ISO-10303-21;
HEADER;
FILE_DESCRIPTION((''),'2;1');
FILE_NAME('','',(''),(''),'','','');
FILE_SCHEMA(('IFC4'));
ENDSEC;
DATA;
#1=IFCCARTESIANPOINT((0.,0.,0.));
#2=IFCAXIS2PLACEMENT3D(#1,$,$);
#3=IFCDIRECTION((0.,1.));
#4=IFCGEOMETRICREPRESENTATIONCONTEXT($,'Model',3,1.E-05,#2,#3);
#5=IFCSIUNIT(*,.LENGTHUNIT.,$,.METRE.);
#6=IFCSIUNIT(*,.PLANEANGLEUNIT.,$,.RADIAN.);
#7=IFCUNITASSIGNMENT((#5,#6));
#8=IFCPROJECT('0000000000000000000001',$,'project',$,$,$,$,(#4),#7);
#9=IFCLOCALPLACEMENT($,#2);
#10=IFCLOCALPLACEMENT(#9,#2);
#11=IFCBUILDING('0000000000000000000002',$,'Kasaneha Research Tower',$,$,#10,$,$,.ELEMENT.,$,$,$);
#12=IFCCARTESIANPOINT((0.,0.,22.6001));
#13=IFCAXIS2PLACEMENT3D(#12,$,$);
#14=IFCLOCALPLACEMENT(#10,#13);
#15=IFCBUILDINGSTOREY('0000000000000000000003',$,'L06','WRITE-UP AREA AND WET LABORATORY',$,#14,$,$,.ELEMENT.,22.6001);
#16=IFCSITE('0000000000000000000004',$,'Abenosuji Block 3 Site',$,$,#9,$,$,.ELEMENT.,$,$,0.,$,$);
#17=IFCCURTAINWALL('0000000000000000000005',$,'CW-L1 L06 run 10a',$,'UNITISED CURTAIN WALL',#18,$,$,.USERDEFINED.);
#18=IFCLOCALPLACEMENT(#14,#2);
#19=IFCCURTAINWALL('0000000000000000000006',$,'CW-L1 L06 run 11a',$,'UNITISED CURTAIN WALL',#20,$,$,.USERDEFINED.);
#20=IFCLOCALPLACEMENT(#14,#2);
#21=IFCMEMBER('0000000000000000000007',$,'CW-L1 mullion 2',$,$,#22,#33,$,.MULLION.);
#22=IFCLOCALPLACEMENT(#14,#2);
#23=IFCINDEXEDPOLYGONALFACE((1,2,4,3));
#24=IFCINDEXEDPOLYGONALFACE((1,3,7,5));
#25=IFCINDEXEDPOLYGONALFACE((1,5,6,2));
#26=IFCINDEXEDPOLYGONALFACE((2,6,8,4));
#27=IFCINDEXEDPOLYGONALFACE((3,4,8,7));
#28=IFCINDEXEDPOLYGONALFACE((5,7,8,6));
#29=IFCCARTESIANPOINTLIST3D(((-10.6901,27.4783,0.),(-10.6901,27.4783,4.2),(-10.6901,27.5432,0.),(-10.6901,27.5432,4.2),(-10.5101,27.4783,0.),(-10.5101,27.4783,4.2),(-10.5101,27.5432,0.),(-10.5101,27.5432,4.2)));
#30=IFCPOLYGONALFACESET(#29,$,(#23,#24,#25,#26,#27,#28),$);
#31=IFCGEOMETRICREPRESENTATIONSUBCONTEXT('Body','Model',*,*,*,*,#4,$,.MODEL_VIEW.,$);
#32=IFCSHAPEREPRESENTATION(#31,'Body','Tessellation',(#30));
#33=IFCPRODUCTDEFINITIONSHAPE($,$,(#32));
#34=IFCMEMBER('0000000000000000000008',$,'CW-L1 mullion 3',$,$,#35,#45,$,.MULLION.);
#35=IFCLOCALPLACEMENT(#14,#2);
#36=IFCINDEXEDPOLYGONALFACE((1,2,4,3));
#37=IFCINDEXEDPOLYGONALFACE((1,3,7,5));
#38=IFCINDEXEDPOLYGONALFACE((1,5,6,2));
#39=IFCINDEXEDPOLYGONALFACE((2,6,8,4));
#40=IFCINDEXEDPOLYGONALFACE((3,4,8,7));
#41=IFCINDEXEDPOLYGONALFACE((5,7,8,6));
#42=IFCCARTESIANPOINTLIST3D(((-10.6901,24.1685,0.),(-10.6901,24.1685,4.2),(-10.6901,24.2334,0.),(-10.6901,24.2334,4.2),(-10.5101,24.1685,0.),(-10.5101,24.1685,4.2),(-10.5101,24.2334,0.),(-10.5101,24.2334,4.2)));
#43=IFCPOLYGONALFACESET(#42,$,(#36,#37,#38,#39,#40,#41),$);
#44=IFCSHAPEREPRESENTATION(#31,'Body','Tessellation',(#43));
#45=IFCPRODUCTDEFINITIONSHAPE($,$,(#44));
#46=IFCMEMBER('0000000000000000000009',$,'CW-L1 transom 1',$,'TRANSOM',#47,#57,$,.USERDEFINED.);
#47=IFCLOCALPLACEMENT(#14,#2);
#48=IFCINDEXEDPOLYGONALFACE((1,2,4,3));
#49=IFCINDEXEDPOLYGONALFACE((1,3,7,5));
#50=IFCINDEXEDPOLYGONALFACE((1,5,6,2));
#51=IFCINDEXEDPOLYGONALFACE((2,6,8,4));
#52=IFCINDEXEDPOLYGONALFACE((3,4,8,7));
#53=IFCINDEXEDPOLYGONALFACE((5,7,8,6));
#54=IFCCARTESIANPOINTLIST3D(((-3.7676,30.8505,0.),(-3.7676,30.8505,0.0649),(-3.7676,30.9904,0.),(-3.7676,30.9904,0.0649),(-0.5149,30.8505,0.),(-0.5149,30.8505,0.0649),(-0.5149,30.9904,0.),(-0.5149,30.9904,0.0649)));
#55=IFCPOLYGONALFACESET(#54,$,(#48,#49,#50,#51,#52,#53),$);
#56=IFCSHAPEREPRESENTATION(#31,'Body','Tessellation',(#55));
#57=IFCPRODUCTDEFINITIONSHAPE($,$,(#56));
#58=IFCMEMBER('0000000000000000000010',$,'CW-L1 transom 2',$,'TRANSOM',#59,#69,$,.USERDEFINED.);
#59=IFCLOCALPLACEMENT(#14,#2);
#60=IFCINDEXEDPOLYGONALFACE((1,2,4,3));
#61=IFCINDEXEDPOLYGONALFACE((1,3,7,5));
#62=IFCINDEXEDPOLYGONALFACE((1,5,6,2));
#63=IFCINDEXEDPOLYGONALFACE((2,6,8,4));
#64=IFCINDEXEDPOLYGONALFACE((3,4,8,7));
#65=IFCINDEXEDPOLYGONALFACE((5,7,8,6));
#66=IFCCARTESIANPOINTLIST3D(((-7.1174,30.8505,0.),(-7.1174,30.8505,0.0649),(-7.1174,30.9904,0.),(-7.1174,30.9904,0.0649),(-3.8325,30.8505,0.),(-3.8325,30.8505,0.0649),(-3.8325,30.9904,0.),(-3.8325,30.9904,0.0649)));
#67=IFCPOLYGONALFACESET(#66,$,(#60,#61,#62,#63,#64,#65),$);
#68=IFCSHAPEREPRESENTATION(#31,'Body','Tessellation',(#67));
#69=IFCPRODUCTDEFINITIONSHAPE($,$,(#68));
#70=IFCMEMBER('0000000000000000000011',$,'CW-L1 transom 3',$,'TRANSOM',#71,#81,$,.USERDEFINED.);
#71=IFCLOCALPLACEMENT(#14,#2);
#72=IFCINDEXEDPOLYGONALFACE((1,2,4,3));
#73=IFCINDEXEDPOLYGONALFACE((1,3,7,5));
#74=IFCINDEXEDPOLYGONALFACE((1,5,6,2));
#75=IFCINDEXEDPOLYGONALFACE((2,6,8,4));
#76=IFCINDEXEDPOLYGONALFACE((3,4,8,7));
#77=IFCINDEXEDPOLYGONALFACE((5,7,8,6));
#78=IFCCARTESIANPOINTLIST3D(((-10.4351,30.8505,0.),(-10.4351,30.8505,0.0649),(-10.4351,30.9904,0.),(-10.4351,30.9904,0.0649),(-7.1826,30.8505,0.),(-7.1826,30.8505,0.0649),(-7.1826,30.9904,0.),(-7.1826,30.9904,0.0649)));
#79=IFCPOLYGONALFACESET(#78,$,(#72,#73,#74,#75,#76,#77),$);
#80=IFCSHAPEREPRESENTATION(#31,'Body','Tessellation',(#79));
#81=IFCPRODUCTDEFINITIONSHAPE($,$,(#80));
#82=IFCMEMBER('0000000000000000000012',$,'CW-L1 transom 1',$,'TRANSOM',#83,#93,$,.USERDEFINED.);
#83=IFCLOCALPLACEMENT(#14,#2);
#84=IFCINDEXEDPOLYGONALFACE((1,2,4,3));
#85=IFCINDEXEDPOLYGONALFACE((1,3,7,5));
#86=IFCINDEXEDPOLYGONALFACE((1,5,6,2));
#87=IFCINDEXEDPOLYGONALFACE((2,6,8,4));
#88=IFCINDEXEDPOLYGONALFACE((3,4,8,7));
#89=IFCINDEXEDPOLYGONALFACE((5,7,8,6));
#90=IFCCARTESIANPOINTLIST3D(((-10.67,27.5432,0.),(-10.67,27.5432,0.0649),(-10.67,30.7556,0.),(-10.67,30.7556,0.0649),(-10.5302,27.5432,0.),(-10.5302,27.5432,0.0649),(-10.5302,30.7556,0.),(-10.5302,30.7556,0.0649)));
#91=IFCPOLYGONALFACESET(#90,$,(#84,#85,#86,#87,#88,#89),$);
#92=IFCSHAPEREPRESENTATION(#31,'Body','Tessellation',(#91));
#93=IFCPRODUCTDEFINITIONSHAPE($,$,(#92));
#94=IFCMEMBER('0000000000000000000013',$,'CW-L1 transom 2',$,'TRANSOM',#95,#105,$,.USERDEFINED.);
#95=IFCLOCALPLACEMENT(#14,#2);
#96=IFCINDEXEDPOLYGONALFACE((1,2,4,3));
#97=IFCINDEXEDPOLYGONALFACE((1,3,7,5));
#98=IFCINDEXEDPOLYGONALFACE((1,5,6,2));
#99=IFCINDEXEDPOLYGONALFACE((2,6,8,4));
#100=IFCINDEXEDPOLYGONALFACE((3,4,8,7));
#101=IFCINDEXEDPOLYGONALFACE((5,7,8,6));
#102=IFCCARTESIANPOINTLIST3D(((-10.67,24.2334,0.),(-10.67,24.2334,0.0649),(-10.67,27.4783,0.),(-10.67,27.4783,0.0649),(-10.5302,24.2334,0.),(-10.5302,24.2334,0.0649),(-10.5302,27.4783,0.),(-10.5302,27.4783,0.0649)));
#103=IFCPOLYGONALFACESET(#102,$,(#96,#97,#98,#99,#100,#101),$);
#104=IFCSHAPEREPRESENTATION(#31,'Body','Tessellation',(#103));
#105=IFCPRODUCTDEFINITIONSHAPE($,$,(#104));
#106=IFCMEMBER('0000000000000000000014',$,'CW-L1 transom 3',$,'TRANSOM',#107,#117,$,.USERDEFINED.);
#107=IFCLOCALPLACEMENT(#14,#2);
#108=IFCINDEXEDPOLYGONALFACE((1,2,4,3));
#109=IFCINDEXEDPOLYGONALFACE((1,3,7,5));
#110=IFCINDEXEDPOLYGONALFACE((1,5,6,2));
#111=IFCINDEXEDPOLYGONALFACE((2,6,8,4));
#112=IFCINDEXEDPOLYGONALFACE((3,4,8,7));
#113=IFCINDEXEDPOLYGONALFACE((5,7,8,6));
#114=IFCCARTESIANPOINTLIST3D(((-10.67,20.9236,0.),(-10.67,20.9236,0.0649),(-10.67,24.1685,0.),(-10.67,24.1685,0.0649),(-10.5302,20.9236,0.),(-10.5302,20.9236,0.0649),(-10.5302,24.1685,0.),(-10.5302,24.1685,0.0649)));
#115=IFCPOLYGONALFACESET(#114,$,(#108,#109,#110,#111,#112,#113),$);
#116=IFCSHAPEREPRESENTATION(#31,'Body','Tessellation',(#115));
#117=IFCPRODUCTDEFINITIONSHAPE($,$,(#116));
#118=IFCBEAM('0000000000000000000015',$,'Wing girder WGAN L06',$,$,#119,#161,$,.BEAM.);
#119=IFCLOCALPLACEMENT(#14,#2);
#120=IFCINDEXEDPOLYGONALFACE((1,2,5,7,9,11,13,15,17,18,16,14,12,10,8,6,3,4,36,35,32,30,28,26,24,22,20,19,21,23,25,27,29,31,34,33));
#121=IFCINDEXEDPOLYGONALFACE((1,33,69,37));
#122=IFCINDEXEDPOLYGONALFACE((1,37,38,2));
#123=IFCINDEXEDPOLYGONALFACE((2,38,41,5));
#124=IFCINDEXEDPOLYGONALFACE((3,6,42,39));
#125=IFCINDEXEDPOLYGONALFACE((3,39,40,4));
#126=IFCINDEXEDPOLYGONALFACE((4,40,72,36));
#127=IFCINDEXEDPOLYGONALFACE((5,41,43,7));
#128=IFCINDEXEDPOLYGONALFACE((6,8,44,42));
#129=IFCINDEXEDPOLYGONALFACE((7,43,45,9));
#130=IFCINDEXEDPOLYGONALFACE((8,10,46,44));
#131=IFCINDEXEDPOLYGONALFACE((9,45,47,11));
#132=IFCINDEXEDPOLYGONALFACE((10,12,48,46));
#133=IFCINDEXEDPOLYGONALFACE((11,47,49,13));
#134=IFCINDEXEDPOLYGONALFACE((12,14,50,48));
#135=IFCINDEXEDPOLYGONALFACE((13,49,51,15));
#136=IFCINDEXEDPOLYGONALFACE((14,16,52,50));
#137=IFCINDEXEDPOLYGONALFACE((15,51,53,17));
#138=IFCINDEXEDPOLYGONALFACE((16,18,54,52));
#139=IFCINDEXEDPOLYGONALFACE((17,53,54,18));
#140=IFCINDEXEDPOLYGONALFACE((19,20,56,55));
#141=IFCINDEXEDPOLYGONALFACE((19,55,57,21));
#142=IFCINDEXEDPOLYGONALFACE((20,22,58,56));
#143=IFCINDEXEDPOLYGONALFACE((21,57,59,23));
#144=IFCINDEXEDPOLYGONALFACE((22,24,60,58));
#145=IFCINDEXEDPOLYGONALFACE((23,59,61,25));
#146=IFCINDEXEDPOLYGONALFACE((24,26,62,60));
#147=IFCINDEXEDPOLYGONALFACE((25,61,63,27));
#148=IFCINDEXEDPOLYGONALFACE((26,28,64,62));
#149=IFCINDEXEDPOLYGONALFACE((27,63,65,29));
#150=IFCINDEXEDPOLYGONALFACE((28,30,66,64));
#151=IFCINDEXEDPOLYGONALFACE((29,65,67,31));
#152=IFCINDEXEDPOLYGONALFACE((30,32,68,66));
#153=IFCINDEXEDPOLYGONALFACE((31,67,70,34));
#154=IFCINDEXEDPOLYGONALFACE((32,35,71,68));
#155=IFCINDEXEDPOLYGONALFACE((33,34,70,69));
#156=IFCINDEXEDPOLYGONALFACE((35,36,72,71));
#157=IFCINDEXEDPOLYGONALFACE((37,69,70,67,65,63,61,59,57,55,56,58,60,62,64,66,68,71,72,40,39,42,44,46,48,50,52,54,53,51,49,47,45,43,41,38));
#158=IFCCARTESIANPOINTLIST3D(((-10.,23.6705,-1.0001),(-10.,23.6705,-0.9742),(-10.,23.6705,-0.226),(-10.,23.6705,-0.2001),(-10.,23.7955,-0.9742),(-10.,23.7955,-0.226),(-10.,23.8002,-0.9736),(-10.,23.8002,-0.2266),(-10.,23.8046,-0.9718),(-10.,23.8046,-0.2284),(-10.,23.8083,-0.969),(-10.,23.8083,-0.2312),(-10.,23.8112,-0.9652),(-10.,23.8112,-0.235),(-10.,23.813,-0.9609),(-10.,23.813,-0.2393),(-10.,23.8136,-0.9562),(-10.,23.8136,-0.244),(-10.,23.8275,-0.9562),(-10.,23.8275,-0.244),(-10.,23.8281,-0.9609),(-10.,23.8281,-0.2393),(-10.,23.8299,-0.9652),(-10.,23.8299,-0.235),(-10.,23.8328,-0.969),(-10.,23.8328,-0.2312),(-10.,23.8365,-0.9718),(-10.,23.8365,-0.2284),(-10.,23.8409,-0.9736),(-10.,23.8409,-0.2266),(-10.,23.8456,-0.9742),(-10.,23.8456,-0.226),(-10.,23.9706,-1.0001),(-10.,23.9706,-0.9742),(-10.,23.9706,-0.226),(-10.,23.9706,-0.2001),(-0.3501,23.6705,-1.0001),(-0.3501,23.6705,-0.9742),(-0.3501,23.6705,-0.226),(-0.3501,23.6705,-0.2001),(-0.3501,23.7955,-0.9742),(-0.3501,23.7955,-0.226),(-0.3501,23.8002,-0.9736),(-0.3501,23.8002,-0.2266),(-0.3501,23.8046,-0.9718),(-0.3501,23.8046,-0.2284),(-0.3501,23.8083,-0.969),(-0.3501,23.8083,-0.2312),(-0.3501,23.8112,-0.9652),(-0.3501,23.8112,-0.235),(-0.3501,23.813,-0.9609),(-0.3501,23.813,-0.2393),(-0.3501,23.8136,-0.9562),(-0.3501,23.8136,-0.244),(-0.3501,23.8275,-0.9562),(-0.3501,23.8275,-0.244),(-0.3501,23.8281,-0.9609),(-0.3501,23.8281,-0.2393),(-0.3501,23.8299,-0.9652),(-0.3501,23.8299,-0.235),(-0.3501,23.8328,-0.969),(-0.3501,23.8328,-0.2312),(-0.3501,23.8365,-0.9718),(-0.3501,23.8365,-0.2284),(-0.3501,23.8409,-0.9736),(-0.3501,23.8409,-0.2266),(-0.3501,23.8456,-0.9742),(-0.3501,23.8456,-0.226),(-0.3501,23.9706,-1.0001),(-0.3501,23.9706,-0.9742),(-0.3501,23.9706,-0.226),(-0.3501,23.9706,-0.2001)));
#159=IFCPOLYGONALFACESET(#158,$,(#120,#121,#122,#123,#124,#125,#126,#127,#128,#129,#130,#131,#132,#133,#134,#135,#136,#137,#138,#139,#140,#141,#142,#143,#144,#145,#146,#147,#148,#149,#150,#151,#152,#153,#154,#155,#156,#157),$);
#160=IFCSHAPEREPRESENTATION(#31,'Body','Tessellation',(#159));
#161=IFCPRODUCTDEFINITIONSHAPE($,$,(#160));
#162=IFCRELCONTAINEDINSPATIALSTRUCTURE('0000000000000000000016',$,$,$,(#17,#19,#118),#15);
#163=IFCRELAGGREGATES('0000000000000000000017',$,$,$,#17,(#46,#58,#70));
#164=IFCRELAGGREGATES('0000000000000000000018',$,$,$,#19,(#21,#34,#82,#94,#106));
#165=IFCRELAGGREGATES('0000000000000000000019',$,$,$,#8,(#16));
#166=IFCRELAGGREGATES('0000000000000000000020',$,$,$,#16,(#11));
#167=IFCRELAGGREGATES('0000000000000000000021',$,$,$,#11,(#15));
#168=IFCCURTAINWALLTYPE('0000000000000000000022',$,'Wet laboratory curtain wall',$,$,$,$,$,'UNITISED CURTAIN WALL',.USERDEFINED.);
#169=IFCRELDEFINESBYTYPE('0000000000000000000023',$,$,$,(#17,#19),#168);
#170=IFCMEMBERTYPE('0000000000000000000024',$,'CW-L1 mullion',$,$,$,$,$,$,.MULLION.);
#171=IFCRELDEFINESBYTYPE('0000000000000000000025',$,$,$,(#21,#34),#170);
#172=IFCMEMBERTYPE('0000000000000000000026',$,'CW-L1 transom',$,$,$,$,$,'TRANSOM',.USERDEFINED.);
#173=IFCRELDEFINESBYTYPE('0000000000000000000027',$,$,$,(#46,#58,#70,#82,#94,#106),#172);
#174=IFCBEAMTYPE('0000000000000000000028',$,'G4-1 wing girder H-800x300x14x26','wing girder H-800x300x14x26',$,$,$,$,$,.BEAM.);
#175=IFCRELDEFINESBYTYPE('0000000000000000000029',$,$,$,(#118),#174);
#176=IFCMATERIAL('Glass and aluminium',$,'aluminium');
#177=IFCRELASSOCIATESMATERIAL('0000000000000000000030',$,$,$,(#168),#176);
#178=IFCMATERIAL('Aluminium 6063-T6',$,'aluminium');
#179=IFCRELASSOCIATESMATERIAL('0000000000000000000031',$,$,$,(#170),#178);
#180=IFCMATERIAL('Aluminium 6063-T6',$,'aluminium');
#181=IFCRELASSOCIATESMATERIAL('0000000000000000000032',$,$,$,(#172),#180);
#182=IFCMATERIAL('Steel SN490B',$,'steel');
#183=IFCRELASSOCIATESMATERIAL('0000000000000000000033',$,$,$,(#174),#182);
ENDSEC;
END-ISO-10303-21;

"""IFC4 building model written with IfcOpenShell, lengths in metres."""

from ifc_helpers import new_model, si_unit, direction, frame, origin, origin_2d, place, context, subcontext, project, spatial, rectangle, i_section, extrude, material, material_profile, profile_set, type_object, element, aggregate, save


model = new_model("IFC4")

# Units and contexts
model_context = context("Model", 3, precision=1e-05, world=origin(), true_north=direction((0.0, 1.0)))
body_context = subcontext(model_context, "Body", "Model", "MODEL_VIEW")
ifc_project = project(units=[si_unit("LENGTHUNIT", "METRE"), si_unit("PLANEANGLEUNIT", "RADIAN")], contexts=[model_context])

# Site, building, storey
site_placement = place(None, origin())
site = spatial("IfcSite", under=ifc_project, at=site_placement, Name="Abenosuji Block 3 Site", CompositionType="ELEMENT", RefElevation=0.0)
building_placement = place(site_placement, origin())
building = spatial("IfcBuilding", under=site, at=building_placement, Name="Kasaneha Research Tower", CompositionType="ELEMENT")
storey_placement = place(building_placement, frame((0.0, 0.0, 22.6001)))
storey = spatial("IfcBuildingStorey", under=building, at=storey_placement, Name="L06", Description="WRITE-UP AREA AND WET LABORATORY", CompositionType="ELEMENT", Elevation=22.6001)

# Curtain walls, members
ifc_material_1 = material(Name="Glass and aluminium", Category="aluminium")
curtain_wall_type = type_object("IfcCurtainWallType", Name="Wet laboratory curtain wall", ElementType="UNITISED CURTAIN WALL", PredefinedType="USERDEFINED", material=ifc_material_1)
curtain_wall_1_placement = place(storey_placement, origin())
curtain_wall_1 = element("IfcCurtainWall", 1, at=curtain_wall_1_placement, inside=storey, type_object=curtain_wall_type, Name="CW-L1 L06 run 10a", ObjectType="UNITISED CURTAIN WALL", PredefinedType="USERDEFINED")
ifc_material_2 = material(Name="Aluminium 6063-T6", Category="aluminium")
ifc_material_profile_1 = material_profile(ifc_material_2, rectangle(XDim=0.0649, YDim=0.1799, at=origin_2d()), Name="CW-L1 mullion 65x180")
ifc_profile_set_1 = profile_set([ifc_material_profile_1], Name="Aluminium 6063-T6")
member_type_1 = type_object("IfcMemberType", Name="CW-L1 mullion", PredefinedType="MULLION", material=ifc_profile_set_1)
curtain_wall_2_placement = place(storey_placement, origin())
curtain_wall_2 = element("IfcCurtainWall", 2, at=curtain_wall_2_placement, inside=storey, type_object=curtain_wall_type, Name="CW-L1 L06 run 11a", ObjectType="UNITISED CURTAIN WALL", PredefinedType="USERDEFINED")
member_1_placement = place(storey_placement, frame((-10.6001, 27.5107, 0.0), z_axis=(0.0, 0.0, 1.0), x_axis=(0.0, -1.0, 0.0)))
member_1 = element("IfcMember", 3, at=member_1_placement, type_object=member_type_1, Name="CW-L1 mullion 2", PredefinedType="MULLION", context=body_context, shape_type="SweptSolid", body=[
    extrude(rectangle(XDim=0.0649, YDim=0.1799, at=origin_2d()), origin(), (0.0, 0.0, 1.0), 4.2),
])
member_2_placement = place(storey_placement, frame((-10.6001, 24.2009, 0.0), z_axis=(0.0, 0.0, 1.0), x_axis=(0.0, -1.0, 0.0)))
member_2 = element("IfcMember", 4, at=member_2_placement, type_object=member_type_1, Name="CW-L1 mullion 3", PredefinedType="MULLION", context=body_context, shape_type="SweptSolid", body=[
    extrude(rectangle(XDim=0.0649, YDim=0.1799, at=origin_2d()), origin(), (0.0, 0.0, 1.0), 4.2),
])

# Members
ifc_material_3 = material(Name="Aluminium 6063-T6", Category="aluminium")
ifc_material_profile_2 = material_profile(ifc_material_3, rectangle(XDim=0.1399, YDim=0.0649, at=origin_2d()), Name="CW-L1 transom 140x65")
ifc_profile_set_2 = profile_set([ifc_material_profile_2], Name="Aluminium 6063-T6")
member_type_2 = type_object("IfcMemberType", Name="CW-L1 transom", ElementType="TRANSOM", PredefinedType="USERDEFINED", material=ifc_profile_set_2)
member_3_placement = place(storey_placement, frame((-0.5149, 30.9204, 0.0325), z_axis=(-1.0, 0.0, 0.0), x_axis=(0.0, -1.0, 0.0)))
member_3 = element("IfcMember", 5, at=member_3_placement, type_object=member_type_2, Name="CW-L1 transom 1", ObjectType="TRANSOM", PredefinedType="USERDEFINED", context=body_context, shape_type="SweptSolid", body=[
    extrude(rectangle(XDim=0.1399, YDim=0.0649, at=origin_2d()), origin(), (0.0, 0.0, 1.0), 3.2527),
])
member_4_placement = place(storey_placement, frame((-3.8325, 30.9204, 0.0325), z_axis=(-1.0, 0.0, 0.0), x_axis=(0.0, -1.0, 0.0)))
member_4 = element("IfcMember", 6, at=member_4_placement, type_object=member_type_2, Name="CW-L1 transom 2", ObjectType="TRANSOM", PredefinedType="USERDEFINED", context=body_context, shape_type="SweptSolid", body=[
    extrude(rectangle(XDim=0.1399, YDim=0.0649, at=origin_2d()), origin(), (0.0, 0.0, 1.0), 3.2849),
])
member_5_placement = place(storey_placement, frame((-7.1826, 30.9204, 0.0325), z_axis=(-1.0, 0.0, 0.0), x_axis=(0.0, -1.0, 0.0)))
member_5 = element("IfcMember", 7, at=member_5_placement, type_object=member_type_2, Name="CW-L1 transom 3", ObjectType="TRANSOM", PredefinedType="USERDEFINED", context=body_context, shape_type="SweptSolid", body=[
    extrude(rectangle(XDim=0.1399, YDim=0.0649, at=origin_2d()), origin(), (0.0, 0.0, 1.0), 3.2524),
])
member_6_placement = place(storey_placement, frame((-10.6001, 30.7556, 0.0325), z_axis=(0.0, -1.0, 0.0), x_axis=(1.0, 0.0, 0.0)))
member_6 = element("IfcMember", 8, at=member_6_placement, type_object=member_type_2, Name="CW-L1 transom 1", ObjectType="TRANSOM", PredefinedType="USERDEFINED", context=body_context, shape_type="SweptSolid", body=[
    extrude(rectangle(XDim=0.1399, YDim=0.0649, at=origin_2d()), origin(), (0.0, 0.0, 1.0), 3.2124),
])
member_7_placement = place(storey_placement, frame((-10.6001, 27.4783, 0.0325), z_axis=(0.0, -1.0, 0.0), x_axis=(1.0, 0.0, 0.0)))
member_7 = element("IfcMember", 9, at=member_7_placement, type_object=member_type_2, Name="CW-L1 transom 2", ObjectType="TRANSOM", PredefinedType="USERDEFINED", context=body_context, shape_type="SweptSolid", body=[
    extrude(rectangle(XDim=0.1399, YDim=0.0649, at=origin_2d()), origin(), (0.0, 0.0, 1.0), 3.2449),
])
member_8_placement = place(storey_placement, frame((-10.6001, 24.1685, 0.0325), z_axis=(0.0, -1.0, 0.0), x_axis=(1.0, 0.0, 0.0)))
member_8 = element("IfcMember", 10, at=member_8_placement, type_object=member_type_2, Name="CW-L1 transom 3", ObjectType="TRANSOM", PredefinedType="USERDEFINED", context=body_context, shape_type="SweptSolid", body=[
    extrude(rectangle(XDim=0.1399, YDim=0.0649, at=origin_2d()), origin(), (0.0, 0.0, 1.0), 3.2449),
])

# Beam
ifc_material_4 = material(Name="Steel SN490B", Category="steel")
ifc_material_profile_3 = material_profile(ifc_material_4, i_section(OverallWidth=0.3, OverallDepth=0.8, WebThickness=0.0139, FlangeThickness=0.0259, FilletRadius=0.0181, at=origin_2d()), Name="H-800x300x14x26")
ifc_profile_set_3 = profile_set([ifc_material_profile_3], Name="Steel SN490B")
beam_type_1 = type_object("IfcBeamType", Name="G4-1 wing girder H-800x300x14x26", Description="wing girder H-800x300x14x26", PredefinedType="BEAM", material=ifc_profile_set_3)
beam_1_placement = place(storey_placement, frame((-10.0, 23.8206, -0.6001), z_axis=(1.0, 0.0, 0.0), x_axis=(0.0, 1.0, 0.0)))
element("IfcBeam", 11, at=beam_1_placement, inside=storey, type_object=beam_type_1, Name="Wing girder WGAN L06", PredefinedType="BEAM", context=body_context, shape_type="SweptSolid", body=[
    extrude(i_section(OverallWidth=0.3, OverallDepth=0.8, WebThickness=0.0139, FlangeThickness=0.0259, FilletRadius=0.0181, at=origin_2d()), origin(), (0.0, 0.0, 1.0), 9.6499),
])

aggregate(curtain_wall_1, [member_3, member_4, member_5])
aggregate(curtain_wall_2, [member_1, member_2, member_6, member_7, member_8])

save(model, "model.ifc")
